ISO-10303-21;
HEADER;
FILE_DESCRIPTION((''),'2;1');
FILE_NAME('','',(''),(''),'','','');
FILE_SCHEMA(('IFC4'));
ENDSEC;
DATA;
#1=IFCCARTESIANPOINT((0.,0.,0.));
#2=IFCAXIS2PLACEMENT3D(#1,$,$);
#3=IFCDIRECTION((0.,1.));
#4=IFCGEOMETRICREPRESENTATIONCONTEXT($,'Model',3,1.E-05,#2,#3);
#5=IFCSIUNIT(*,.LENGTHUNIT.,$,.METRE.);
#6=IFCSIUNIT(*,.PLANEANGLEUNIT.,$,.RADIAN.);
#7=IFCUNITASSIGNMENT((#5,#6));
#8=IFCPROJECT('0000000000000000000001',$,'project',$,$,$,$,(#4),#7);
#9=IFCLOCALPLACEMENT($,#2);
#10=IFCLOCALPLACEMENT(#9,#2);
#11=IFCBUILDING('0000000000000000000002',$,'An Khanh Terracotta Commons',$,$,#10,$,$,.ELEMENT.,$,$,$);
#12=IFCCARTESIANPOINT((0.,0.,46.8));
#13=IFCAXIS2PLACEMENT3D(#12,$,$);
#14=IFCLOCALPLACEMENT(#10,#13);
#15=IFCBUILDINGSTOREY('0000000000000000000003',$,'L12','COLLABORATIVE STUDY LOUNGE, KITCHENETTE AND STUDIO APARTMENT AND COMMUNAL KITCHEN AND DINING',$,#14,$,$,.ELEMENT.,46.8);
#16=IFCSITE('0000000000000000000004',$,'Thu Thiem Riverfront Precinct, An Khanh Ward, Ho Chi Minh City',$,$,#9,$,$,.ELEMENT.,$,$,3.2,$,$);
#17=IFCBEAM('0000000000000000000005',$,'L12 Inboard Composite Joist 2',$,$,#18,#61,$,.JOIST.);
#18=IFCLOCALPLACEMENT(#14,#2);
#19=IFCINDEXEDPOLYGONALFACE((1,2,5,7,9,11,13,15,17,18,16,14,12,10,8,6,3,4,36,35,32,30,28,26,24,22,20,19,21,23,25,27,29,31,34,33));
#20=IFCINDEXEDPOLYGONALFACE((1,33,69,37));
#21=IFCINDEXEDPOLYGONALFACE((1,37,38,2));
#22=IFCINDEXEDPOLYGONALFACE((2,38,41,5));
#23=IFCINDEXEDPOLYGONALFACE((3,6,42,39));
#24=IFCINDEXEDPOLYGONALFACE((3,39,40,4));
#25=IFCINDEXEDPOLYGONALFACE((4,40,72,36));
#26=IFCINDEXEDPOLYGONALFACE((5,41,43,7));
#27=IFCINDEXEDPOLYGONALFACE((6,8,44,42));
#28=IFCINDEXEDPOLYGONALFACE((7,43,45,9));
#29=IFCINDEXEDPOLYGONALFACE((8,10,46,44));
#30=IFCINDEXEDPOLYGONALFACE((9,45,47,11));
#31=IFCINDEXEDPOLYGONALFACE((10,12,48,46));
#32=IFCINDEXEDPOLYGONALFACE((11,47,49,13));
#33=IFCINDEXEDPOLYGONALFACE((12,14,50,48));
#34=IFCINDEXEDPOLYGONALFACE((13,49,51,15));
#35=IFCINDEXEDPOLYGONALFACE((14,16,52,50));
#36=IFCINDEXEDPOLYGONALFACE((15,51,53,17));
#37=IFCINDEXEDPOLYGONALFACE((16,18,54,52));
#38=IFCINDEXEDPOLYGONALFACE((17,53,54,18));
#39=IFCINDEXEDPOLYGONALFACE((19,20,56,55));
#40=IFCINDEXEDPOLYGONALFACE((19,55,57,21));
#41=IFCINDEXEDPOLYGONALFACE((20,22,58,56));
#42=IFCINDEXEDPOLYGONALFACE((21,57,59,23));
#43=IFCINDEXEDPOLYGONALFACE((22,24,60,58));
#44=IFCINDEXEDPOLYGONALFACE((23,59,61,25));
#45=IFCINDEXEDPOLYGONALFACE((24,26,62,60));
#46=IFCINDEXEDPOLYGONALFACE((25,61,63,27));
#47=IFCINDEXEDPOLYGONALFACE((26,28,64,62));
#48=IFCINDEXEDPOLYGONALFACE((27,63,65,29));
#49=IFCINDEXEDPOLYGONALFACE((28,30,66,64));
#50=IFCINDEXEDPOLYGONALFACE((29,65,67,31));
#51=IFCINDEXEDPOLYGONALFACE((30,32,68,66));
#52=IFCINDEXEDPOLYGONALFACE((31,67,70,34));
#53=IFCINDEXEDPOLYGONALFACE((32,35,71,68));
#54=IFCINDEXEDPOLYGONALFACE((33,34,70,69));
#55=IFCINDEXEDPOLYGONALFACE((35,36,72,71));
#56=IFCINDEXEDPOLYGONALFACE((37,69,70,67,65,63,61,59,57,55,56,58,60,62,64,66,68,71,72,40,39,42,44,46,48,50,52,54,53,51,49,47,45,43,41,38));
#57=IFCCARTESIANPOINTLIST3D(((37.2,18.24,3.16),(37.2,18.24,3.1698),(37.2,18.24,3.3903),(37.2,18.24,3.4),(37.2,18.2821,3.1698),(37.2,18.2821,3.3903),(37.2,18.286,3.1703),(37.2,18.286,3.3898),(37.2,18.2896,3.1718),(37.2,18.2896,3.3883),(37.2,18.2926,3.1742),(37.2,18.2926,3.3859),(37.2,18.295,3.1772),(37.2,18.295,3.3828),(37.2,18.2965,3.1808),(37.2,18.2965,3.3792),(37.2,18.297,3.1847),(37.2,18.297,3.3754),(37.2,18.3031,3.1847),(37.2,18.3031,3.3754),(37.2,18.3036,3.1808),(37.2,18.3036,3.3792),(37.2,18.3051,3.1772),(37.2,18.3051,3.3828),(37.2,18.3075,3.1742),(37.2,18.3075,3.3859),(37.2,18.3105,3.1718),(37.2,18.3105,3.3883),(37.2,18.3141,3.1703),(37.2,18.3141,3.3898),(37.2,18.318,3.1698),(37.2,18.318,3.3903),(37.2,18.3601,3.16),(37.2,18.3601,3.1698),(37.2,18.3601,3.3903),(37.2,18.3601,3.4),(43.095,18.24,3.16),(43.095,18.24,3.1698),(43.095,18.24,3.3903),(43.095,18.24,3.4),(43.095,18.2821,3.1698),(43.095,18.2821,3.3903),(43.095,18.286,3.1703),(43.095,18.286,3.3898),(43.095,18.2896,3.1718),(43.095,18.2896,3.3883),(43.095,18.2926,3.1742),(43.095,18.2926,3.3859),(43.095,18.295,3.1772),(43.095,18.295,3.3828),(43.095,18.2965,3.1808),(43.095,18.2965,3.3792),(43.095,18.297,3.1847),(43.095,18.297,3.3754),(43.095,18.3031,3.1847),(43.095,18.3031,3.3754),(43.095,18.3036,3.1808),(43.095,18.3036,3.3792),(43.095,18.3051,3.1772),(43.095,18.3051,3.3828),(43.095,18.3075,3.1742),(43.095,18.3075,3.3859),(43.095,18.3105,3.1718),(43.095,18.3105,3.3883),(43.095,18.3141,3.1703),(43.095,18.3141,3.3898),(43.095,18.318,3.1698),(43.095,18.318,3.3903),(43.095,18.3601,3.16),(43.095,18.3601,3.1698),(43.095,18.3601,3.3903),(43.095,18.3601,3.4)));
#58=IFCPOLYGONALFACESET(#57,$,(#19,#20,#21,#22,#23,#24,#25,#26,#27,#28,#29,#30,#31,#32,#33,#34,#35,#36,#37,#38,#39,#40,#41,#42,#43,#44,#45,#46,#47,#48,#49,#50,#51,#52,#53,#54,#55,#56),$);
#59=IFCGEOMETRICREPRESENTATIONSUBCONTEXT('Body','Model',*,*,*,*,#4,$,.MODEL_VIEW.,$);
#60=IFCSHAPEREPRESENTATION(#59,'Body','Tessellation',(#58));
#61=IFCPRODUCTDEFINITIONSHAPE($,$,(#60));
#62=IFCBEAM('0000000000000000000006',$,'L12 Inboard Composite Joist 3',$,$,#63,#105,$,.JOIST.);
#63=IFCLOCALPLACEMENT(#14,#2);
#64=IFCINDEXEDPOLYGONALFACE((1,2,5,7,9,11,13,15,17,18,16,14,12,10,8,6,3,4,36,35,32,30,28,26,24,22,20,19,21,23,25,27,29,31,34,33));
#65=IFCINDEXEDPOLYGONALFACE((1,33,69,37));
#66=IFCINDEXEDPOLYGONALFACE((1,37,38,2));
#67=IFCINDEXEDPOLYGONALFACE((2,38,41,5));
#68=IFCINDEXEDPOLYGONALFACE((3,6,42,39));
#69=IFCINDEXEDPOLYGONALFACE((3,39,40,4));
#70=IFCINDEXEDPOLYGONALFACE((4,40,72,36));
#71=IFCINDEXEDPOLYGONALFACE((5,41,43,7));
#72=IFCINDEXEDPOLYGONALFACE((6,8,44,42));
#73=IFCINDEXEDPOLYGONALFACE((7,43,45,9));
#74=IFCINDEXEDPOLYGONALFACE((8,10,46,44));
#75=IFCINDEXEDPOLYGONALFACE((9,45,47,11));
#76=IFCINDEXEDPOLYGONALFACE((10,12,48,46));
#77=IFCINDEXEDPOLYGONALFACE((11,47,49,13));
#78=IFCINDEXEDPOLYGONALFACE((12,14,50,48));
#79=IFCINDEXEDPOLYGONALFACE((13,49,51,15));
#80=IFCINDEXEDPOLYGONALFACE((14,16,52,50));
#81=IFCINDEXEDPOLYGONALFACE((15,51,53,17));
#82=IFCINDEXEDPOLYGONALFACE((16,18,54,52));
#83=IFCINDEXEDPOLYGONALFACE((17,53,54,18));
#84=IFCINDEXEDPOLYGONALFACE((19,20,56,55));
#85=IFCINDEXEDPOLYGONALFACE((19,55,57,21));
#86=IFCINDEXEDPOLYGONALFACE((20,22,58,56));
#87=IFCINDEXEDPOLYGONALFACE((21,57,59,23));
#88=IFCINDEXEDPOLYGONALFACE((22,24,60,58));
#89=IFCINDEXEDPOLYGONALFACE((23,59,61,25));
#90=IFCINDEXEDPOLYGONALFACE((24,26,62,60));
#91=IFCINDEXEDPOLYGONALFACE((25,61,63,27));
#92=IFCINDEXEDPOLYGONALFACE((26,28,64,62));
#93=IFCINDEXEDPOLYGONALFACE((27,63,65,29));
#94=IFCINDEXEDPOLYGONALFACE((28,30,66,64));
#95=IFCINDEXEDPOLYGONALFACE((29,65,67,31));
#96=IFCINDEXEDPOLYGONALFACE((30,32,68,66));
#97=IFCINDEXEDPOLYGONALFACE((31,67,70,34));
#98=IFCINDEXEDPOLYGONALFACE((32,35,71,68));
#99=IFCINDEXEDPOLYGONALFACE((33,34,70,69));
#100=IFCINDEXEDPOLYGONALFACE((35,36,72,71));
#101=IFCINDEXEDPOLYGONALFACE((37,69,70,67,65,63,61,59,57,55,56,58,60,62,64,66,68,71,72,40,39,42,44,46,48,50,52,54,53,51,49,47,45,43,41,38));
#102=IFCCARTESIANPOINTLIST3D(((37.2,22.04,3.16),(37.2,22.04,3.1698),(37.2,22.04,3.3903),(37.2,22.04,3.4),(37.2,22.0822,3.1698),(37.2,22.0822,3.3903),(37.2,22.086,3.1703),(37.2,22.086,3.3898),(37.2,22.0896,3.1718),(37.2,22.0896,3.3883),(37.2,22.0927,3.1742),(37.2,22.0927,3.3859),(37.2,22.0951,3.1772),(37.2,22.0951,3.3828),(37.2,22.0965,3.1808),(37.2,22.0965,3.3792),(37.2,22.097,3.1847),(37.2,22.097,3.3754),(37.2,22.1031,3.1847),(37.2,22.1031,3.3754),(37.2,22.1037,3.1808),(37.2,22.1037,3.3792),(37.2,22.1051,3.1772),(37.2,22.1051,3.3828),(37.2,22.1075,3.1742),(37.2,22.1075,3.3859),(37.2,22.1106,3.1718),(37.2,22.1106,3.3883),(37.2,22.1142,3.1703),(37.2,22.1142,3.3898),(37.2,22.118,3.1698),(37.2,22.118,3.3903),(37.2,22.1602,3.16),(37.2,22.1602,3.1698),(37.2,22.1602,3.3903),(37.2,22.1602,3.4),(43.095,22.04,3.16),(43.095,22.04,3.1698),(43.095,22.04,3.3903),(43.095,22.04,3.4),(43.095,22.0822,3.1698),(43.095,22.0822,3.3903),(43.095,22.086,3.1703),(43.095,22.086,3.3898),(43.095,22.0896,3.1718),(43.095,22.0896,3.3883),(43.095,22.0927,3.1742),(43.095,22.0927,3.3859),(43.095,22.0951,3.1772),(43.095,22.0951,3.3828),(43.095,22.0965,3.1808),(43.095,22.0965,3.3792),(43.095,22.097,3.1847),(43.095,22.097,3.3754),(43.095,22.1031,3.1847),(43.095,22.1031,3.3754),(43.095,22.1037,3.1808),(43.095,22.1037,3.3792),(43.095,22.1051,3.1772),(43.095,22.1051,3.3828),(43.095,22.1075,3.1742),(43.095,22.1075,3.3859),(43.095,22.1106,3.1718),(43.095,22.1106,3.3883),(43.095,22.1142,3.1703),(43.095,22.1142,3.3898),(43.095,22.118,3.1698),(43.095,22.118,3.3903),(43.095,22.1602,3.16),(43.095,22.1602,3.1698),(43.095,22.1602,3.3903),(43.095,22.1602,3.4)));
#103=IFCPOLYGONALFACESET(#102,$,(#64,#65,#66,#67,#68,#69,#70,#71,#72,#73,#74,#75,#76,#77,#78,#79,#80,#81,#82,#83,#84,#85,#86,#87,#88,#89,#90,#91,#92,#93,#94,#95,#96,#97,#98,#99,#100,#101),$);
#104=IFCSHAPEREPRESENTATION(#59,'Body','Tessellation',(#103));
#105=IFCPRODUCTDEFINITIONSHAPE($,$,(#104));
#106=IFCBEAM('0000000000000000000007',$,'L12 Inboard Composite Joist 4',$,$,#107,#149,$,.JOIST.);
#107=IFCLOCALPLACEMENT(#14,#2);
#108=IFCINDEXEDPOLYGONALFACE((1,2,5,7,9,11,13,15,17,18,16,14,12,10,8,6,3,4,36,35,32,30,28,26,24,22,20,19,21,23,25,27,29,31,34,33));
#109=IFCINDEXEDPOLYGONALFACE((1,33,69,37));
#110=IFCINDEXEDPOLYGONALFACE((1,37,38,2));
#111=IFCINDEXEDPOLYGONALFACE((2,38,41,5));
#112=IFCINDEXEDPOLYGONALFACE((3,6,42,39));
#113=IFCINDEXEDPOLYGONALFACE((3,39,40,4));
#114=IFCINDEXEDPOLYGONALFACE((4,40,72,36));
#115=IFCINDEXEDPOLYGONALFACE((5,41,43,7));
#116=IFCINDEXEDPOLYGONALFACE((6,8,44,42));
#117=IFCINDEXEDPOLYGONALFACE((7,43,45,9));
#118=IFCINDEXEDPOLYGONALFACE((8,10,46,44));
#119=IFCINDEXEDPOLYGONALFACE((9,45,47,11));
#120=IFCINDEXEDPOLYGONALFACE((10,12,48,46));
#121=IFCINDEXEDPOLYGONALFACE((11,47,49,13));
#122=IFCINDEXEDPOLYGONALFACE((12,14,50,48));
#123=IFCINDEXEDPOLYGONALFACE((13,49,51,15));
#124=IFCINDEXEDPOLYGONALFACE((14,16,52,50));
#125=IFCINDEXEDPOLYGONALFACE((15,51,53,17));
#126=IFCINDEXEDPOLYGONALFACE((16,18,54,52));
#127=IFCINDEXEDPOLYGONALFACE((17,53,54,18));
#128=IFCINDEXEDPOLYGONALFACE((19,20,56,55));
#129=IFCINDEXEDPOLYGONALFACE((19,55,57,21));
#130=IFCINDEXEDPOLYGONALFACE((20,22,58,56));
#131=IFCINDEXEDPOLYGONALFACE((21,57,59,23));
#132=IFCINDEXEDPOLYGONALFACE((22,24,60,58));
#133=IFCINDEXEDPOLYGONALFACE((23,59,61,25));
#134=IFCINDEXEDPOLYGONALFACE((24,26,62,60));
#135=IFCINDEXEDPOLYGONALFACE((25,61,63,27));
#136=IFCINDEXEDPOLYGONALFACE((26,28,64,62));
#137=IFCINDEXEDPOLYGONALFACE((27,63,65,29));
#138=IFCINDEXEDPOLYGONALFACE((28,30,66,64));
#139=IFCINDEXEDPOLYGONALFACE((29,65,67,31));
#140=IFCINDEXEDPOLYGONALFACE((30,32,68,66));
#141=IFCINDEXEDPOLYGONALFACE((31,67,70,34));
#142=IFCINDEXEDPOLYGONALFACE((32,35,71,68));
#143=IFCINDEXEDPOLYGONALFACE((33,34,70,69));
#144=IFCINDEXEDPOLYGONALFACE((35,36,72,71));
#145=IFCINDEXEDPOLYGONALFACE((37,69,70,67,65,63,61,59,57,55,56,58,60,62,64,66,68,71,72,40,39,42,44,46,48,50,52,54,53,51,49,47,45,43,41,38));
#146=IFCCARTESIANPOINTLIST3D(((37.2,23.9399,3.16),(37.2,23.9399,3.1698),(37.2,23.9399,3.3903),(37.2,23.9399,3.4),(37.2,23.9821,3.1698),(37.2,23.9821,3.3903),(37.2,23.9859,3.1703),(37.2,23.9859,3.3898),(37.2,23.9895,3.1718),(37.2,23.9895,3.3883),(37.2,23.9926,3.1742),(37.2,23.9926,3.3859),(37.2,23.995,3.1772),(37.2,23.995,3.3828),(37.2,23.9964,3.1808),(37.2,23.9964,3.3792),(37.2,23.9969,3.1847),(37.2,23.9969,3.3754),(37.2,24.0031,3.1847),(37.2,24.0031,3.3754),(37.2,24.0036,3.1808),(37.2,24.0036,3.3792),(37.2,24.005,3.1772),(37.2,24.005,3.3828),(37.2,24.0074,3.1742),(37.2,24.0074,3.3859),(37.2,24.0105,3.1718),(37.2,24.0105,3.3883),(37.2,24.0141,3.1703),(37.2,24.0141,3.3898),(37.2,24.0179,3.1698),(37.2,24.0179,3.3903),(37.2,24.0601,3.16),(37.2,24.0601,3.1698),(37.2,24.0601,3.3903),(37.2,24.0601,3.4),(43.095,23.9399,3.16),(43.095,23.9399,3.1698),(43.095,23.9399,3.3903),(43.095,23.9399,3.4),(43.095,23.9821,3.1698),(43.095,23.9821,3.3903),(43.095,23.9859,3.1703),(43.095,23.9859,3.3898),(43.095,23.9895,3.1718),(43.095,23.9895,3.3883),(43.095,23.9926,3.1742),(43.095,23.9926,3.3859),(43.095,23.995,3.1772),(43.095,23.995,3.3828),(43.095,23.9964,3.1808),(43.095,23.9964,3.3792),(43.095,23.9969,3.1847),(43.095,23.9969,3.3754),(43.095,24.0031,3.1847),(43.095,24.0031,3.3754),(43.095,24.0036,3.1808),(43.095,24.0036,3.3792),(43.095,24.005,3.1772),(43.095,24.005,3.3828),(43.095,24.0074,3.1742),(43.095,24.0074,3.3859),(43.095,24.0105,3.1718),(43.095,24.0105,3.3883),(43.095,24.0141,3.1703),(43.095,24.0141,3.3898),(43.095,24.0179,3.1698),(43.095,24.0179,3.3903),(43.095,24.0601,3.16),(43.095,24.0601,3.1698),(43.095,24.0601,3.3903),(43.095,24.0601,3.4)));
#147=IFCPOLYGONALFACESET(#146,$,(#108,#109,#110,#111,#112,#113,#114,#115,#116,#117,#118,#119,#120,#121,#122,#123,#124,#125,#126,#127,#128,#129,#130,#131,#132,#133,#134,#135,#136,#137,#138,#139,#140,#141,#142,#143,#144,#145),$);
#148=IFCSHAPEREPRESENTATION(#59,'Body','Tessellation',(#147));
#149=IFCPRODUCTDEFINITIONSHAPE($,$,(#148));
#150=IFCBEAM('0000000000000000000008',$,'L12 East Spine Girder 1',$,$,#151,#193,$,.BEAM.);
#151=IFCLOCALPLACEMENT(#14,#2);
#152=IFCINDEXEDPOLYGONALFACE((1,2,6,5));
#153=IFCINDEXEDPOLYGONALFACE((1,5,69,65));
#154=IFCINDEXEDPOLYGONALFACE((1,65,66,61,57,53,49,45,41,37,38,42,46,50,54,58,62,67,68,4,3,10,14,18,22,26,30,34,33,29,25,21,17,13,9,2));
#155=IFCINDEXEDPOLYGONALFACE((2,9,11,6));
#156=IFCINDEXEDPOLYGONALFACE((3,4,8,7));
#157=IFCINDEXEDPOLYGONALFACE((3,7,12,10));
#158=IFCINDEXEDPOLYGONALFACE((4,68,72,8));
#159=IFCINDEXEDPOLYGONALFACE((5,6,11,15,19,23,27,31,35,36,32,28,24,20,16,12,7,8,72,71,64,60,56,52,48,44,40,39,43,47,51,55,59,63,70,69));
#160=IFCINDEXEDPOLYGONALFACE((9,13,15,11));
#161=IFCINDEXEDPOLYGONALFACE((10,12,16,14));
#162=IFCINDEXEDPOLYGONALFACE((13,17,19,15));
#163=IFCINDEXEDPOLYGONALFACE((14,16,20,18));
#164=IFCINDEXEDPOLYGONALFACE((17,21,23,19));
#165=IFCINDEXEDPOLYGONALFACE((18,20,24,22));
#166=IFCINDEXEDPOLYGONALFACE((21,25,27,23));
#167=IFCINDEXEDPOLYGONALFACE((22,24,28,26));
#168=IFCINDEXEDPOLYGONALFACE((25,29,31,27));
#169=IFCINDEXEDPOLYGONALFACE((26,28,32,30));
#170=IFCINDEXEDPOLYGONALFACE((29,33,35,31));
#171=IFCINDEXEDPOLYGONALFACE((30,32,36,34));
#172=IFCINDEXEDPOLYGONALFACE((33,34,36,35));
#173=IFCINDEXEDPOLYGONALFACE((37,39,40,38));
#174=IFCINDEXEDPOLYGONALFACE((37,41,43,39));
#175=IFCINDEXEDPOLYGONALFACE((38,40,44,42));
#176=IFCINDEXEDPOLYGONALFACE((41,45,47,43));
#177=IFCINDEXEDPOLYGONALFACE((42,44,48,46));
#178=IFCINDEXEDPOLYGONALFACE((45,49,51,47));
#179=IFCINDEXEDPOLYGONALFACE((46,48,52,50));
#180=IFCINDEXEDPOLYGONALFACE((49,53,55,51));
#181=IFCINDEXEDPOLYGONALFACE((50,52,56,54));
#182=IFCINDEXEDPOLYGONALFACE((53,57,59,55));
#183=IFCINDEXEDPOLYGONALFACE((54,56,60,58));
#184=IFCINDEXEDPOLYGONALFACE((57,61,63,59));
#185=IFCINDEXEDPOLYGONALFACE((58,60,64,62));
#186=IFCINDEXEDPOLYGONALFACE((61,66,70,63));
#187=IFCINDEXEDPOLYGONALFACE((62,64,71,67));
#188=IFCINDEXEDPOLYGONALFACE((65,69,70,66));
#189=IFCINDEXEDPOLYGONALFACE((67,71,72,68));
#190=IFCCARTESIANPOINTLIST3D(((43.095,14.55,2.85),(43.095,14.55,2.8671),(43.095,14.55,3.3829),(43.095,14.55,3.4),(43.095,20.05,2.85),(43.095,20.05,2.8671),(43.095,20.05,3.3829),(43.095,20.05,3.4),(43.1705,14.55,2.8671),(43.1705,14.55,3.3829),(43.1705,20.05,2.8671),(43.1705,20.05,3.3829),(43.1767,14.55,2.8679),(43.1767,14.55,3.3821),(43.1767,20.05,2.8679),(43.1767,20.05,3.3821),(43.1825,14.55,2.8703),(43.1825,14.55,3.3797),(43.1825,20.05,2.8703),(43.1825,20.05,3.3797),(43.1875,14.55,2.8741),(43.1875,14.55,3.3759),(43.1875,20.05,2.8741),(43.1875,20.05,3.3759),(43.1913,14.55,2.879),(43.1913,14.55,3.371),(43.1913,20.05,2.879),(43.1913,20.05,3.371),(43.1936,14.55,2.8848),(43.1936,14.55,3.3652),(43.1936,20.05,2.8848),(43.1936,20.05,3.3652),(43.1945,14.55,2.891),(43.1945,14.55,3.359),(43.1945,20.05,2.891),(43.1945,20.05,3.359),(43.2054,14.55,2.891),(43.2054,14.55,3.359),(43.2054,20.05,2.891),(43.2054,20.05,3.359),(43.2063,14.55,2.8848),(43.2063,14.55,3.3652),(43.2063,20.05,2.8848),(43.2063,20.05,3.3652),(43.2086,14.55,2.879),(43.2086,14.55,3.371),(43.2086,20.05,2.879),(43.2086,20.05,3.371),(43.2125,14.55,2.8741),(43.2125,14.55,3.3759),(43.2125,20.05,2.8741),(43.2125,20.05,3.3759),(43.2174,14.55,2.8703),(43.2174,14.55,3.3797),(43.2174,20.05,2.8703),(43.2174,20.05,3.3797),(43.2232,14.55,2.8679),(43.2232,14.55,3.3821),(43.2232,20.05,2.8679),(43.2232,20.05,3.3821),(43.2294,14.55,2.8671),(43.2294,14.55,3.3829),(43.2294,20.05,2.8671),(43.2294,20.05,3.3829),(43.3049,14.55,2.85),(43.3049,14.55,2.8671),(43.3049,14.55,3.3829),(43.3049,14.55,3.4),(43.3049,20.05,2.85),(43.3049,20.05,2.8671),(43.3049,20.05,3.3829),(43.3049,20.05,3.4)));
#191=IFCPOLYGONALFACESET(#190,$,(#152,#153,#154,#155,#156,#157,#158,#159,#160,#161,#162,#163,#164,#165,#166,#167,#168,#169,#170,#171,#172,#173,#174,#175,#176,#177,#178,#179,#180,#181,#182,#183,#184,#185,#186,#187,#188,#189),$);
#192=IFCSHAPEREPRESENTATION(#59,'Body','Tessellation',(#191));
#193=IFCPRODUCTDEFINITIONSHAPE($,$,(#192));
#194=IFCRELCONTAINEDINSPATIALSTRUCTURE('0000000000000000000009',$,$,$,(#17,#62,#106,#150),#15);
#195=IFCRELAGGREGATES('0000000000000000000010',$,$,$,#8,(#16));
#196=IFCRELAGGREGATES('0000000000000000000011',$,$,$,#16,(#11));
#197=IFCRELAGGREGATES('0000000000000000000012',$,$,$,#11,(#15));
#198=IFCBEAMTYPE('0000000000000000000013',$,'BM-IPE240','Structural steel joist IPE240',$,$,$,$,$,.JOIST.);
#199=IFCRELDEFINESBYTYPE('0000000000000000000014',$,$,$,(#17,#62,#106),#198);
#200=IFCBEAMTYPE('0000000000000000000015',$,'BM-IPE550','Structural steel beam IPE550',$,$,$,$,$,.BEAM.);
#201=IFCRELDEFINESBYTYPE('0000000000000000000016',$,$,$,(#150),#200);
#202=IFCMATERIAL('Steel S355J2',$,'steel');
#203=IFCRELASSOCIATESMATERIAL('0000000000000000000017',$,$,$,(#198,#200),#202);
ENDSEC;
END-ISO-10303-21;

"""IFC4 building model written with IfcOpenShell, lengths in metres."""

from ifc_helpers import new_model, si_unit, direction, frame, origin, origin_2d, place, context, subcontext, project, spatial, i_section, extrude, material, material_profile, profile_set, type_object, element, save


model = new_model("IFC4")

# Units and contexts
model_context = context("Model", 3, precision=1e-05, world=origin(), true_north=direction((0.0, 1.0)))
body_context = subcontext(model_context, "Body", "Model", "MODEL_VIEW")
ifc_project = project(units=[si_unit("LENGTHUNIT", "METRE"), si_unit("PLANEANGLEUNIT", "RADIAN")], contexts=[model_context])

# Site, building, storey
site_placement = place(None, origin())
site = spatial("IfcSite", under=ifc_project, at=site_placement, Name="Thu Thiem Riverfront Precinct, An Khanh Ward, Ho Chi Minh City", CompositionType="ELEMENT", RefElevation=3.2)
building_placement = place(site_placement, origin())
building = spatial("IfcBuilding", under=site, at=building_placement, Name="An Khanh Terracotta Commons", CompositionType="ELEMENT")
storey_placement = place(building_placement, frame((0.0, 0.0, 46.8)))
storey = spatial("IfcBuildingStorey", under=building, at=storey_placement, Name="L12", Description="COLLABORATIVE STUDY LOUNGE, KITCHENETTE AND STUDIO APARTMENT AND COMMUNAL KITCHEN AND DINING", CompositionType="ELEMENT", Elevation=46.8)

# Beams
ifc_material_1 = material(Name="Steel S355J2", Category="steel")
ifc_material_profile_1 = material_profile(ifc_material_1, i_section(OverallWidth=0.1201, OverallDepth=0.24, WebThickness=0.0061, FlangeThickness=0.0098, FilletRadius=0.0149, at=origin_2d()), Name="IPE240")
ifc_profile_set_1 = profile_set([ifc_material_profile_1], Name="Steel S355J2")
beam_type_1 = type_object("IfcBeamType", Name="BM-IPE240", Description="Structural steel joist IPE240", PredefinedType="JOIST", material=ifc_profile_set_1)
for number, where, z_axis, x_axis, name in (
    (1, (37.2, 18.3, 3.28), (1.0, 0.0, 0.0), (0.0, 1.0, 0.0), "L12 Inboard Composite Joist 2"),
    (2, (37.2, 22.1001, 3.28), (1.0, 0.0, 0.0), (0.0, 1.0, 0.0), "L12 Inboard Composite Joist 3"),
    (3, (37.2, 24.0, 3.28), (1.0, 0.0, 0.0), (0.0, 1.0, 0.0), "L12 Inboard Composite Joist 4"),
):
    element("IfcBeam", number, at=place(storey_placement, frame(where, z_axis=z_axis, x_axis=x_axis)), inside=storey, type_object=beam_type_1, Name=name, PredefinedType="JOIST", context=body_context, shape_type="SweptSolid", body=[
        extrude(i_section(OverallWidth=0.1201, OverallDepth=0.24, WebThickness=0.0061, FlangeThickness=0.0098, FilletRadius=0.0149, at=origin_2d()), origin(), (0.0, 0.0, 1.0), 5.895),
    ])
ifc_material_profile_2 = material_profile(ifc_material_1, i_section(OverallWidth=0.21, OverallDepth=0.55, WebThickness=0.011, FlangeThickness=0.0171, FilletRadius=0.0239, at=origin_2d()), Name="IPE550")
ifc_profile_set_2 = profile_set([ifc_material_profile_2], Name="Steel S355J2")
beam_type_2 = type_object("IfcBeamType", Name="BM-IPE550", Description="Structural steel beam IPE550", PredefinedType="BEAM", material=ifc_profile_set_2)
beam_1_placement = place(storey_placement, frame((43.2, 14.55, 3.125), z_axis=(0.0, 1.0, 0.0), x_axis=(-1.0, 0.0, 0.0)))
element("IfcBeam", 4, at=beam_1_placement, inside=storey, type_object=beam_type_2, Name="L12 East Spine Girder 1", PredefinedType="BEAM", context=body_context, shape_type="SweptSolid", body=[
    extrude(i_section(OverallWidth=0.21, OverallDepth=0.55, WebThickness=0.011, FlangeThickness=0.0171, FilletRadius=0.0239, at=origin_2d()), origin(), (0.0, 0.0, 1.0), 5.5),
])

save(model, "model.ifc")
